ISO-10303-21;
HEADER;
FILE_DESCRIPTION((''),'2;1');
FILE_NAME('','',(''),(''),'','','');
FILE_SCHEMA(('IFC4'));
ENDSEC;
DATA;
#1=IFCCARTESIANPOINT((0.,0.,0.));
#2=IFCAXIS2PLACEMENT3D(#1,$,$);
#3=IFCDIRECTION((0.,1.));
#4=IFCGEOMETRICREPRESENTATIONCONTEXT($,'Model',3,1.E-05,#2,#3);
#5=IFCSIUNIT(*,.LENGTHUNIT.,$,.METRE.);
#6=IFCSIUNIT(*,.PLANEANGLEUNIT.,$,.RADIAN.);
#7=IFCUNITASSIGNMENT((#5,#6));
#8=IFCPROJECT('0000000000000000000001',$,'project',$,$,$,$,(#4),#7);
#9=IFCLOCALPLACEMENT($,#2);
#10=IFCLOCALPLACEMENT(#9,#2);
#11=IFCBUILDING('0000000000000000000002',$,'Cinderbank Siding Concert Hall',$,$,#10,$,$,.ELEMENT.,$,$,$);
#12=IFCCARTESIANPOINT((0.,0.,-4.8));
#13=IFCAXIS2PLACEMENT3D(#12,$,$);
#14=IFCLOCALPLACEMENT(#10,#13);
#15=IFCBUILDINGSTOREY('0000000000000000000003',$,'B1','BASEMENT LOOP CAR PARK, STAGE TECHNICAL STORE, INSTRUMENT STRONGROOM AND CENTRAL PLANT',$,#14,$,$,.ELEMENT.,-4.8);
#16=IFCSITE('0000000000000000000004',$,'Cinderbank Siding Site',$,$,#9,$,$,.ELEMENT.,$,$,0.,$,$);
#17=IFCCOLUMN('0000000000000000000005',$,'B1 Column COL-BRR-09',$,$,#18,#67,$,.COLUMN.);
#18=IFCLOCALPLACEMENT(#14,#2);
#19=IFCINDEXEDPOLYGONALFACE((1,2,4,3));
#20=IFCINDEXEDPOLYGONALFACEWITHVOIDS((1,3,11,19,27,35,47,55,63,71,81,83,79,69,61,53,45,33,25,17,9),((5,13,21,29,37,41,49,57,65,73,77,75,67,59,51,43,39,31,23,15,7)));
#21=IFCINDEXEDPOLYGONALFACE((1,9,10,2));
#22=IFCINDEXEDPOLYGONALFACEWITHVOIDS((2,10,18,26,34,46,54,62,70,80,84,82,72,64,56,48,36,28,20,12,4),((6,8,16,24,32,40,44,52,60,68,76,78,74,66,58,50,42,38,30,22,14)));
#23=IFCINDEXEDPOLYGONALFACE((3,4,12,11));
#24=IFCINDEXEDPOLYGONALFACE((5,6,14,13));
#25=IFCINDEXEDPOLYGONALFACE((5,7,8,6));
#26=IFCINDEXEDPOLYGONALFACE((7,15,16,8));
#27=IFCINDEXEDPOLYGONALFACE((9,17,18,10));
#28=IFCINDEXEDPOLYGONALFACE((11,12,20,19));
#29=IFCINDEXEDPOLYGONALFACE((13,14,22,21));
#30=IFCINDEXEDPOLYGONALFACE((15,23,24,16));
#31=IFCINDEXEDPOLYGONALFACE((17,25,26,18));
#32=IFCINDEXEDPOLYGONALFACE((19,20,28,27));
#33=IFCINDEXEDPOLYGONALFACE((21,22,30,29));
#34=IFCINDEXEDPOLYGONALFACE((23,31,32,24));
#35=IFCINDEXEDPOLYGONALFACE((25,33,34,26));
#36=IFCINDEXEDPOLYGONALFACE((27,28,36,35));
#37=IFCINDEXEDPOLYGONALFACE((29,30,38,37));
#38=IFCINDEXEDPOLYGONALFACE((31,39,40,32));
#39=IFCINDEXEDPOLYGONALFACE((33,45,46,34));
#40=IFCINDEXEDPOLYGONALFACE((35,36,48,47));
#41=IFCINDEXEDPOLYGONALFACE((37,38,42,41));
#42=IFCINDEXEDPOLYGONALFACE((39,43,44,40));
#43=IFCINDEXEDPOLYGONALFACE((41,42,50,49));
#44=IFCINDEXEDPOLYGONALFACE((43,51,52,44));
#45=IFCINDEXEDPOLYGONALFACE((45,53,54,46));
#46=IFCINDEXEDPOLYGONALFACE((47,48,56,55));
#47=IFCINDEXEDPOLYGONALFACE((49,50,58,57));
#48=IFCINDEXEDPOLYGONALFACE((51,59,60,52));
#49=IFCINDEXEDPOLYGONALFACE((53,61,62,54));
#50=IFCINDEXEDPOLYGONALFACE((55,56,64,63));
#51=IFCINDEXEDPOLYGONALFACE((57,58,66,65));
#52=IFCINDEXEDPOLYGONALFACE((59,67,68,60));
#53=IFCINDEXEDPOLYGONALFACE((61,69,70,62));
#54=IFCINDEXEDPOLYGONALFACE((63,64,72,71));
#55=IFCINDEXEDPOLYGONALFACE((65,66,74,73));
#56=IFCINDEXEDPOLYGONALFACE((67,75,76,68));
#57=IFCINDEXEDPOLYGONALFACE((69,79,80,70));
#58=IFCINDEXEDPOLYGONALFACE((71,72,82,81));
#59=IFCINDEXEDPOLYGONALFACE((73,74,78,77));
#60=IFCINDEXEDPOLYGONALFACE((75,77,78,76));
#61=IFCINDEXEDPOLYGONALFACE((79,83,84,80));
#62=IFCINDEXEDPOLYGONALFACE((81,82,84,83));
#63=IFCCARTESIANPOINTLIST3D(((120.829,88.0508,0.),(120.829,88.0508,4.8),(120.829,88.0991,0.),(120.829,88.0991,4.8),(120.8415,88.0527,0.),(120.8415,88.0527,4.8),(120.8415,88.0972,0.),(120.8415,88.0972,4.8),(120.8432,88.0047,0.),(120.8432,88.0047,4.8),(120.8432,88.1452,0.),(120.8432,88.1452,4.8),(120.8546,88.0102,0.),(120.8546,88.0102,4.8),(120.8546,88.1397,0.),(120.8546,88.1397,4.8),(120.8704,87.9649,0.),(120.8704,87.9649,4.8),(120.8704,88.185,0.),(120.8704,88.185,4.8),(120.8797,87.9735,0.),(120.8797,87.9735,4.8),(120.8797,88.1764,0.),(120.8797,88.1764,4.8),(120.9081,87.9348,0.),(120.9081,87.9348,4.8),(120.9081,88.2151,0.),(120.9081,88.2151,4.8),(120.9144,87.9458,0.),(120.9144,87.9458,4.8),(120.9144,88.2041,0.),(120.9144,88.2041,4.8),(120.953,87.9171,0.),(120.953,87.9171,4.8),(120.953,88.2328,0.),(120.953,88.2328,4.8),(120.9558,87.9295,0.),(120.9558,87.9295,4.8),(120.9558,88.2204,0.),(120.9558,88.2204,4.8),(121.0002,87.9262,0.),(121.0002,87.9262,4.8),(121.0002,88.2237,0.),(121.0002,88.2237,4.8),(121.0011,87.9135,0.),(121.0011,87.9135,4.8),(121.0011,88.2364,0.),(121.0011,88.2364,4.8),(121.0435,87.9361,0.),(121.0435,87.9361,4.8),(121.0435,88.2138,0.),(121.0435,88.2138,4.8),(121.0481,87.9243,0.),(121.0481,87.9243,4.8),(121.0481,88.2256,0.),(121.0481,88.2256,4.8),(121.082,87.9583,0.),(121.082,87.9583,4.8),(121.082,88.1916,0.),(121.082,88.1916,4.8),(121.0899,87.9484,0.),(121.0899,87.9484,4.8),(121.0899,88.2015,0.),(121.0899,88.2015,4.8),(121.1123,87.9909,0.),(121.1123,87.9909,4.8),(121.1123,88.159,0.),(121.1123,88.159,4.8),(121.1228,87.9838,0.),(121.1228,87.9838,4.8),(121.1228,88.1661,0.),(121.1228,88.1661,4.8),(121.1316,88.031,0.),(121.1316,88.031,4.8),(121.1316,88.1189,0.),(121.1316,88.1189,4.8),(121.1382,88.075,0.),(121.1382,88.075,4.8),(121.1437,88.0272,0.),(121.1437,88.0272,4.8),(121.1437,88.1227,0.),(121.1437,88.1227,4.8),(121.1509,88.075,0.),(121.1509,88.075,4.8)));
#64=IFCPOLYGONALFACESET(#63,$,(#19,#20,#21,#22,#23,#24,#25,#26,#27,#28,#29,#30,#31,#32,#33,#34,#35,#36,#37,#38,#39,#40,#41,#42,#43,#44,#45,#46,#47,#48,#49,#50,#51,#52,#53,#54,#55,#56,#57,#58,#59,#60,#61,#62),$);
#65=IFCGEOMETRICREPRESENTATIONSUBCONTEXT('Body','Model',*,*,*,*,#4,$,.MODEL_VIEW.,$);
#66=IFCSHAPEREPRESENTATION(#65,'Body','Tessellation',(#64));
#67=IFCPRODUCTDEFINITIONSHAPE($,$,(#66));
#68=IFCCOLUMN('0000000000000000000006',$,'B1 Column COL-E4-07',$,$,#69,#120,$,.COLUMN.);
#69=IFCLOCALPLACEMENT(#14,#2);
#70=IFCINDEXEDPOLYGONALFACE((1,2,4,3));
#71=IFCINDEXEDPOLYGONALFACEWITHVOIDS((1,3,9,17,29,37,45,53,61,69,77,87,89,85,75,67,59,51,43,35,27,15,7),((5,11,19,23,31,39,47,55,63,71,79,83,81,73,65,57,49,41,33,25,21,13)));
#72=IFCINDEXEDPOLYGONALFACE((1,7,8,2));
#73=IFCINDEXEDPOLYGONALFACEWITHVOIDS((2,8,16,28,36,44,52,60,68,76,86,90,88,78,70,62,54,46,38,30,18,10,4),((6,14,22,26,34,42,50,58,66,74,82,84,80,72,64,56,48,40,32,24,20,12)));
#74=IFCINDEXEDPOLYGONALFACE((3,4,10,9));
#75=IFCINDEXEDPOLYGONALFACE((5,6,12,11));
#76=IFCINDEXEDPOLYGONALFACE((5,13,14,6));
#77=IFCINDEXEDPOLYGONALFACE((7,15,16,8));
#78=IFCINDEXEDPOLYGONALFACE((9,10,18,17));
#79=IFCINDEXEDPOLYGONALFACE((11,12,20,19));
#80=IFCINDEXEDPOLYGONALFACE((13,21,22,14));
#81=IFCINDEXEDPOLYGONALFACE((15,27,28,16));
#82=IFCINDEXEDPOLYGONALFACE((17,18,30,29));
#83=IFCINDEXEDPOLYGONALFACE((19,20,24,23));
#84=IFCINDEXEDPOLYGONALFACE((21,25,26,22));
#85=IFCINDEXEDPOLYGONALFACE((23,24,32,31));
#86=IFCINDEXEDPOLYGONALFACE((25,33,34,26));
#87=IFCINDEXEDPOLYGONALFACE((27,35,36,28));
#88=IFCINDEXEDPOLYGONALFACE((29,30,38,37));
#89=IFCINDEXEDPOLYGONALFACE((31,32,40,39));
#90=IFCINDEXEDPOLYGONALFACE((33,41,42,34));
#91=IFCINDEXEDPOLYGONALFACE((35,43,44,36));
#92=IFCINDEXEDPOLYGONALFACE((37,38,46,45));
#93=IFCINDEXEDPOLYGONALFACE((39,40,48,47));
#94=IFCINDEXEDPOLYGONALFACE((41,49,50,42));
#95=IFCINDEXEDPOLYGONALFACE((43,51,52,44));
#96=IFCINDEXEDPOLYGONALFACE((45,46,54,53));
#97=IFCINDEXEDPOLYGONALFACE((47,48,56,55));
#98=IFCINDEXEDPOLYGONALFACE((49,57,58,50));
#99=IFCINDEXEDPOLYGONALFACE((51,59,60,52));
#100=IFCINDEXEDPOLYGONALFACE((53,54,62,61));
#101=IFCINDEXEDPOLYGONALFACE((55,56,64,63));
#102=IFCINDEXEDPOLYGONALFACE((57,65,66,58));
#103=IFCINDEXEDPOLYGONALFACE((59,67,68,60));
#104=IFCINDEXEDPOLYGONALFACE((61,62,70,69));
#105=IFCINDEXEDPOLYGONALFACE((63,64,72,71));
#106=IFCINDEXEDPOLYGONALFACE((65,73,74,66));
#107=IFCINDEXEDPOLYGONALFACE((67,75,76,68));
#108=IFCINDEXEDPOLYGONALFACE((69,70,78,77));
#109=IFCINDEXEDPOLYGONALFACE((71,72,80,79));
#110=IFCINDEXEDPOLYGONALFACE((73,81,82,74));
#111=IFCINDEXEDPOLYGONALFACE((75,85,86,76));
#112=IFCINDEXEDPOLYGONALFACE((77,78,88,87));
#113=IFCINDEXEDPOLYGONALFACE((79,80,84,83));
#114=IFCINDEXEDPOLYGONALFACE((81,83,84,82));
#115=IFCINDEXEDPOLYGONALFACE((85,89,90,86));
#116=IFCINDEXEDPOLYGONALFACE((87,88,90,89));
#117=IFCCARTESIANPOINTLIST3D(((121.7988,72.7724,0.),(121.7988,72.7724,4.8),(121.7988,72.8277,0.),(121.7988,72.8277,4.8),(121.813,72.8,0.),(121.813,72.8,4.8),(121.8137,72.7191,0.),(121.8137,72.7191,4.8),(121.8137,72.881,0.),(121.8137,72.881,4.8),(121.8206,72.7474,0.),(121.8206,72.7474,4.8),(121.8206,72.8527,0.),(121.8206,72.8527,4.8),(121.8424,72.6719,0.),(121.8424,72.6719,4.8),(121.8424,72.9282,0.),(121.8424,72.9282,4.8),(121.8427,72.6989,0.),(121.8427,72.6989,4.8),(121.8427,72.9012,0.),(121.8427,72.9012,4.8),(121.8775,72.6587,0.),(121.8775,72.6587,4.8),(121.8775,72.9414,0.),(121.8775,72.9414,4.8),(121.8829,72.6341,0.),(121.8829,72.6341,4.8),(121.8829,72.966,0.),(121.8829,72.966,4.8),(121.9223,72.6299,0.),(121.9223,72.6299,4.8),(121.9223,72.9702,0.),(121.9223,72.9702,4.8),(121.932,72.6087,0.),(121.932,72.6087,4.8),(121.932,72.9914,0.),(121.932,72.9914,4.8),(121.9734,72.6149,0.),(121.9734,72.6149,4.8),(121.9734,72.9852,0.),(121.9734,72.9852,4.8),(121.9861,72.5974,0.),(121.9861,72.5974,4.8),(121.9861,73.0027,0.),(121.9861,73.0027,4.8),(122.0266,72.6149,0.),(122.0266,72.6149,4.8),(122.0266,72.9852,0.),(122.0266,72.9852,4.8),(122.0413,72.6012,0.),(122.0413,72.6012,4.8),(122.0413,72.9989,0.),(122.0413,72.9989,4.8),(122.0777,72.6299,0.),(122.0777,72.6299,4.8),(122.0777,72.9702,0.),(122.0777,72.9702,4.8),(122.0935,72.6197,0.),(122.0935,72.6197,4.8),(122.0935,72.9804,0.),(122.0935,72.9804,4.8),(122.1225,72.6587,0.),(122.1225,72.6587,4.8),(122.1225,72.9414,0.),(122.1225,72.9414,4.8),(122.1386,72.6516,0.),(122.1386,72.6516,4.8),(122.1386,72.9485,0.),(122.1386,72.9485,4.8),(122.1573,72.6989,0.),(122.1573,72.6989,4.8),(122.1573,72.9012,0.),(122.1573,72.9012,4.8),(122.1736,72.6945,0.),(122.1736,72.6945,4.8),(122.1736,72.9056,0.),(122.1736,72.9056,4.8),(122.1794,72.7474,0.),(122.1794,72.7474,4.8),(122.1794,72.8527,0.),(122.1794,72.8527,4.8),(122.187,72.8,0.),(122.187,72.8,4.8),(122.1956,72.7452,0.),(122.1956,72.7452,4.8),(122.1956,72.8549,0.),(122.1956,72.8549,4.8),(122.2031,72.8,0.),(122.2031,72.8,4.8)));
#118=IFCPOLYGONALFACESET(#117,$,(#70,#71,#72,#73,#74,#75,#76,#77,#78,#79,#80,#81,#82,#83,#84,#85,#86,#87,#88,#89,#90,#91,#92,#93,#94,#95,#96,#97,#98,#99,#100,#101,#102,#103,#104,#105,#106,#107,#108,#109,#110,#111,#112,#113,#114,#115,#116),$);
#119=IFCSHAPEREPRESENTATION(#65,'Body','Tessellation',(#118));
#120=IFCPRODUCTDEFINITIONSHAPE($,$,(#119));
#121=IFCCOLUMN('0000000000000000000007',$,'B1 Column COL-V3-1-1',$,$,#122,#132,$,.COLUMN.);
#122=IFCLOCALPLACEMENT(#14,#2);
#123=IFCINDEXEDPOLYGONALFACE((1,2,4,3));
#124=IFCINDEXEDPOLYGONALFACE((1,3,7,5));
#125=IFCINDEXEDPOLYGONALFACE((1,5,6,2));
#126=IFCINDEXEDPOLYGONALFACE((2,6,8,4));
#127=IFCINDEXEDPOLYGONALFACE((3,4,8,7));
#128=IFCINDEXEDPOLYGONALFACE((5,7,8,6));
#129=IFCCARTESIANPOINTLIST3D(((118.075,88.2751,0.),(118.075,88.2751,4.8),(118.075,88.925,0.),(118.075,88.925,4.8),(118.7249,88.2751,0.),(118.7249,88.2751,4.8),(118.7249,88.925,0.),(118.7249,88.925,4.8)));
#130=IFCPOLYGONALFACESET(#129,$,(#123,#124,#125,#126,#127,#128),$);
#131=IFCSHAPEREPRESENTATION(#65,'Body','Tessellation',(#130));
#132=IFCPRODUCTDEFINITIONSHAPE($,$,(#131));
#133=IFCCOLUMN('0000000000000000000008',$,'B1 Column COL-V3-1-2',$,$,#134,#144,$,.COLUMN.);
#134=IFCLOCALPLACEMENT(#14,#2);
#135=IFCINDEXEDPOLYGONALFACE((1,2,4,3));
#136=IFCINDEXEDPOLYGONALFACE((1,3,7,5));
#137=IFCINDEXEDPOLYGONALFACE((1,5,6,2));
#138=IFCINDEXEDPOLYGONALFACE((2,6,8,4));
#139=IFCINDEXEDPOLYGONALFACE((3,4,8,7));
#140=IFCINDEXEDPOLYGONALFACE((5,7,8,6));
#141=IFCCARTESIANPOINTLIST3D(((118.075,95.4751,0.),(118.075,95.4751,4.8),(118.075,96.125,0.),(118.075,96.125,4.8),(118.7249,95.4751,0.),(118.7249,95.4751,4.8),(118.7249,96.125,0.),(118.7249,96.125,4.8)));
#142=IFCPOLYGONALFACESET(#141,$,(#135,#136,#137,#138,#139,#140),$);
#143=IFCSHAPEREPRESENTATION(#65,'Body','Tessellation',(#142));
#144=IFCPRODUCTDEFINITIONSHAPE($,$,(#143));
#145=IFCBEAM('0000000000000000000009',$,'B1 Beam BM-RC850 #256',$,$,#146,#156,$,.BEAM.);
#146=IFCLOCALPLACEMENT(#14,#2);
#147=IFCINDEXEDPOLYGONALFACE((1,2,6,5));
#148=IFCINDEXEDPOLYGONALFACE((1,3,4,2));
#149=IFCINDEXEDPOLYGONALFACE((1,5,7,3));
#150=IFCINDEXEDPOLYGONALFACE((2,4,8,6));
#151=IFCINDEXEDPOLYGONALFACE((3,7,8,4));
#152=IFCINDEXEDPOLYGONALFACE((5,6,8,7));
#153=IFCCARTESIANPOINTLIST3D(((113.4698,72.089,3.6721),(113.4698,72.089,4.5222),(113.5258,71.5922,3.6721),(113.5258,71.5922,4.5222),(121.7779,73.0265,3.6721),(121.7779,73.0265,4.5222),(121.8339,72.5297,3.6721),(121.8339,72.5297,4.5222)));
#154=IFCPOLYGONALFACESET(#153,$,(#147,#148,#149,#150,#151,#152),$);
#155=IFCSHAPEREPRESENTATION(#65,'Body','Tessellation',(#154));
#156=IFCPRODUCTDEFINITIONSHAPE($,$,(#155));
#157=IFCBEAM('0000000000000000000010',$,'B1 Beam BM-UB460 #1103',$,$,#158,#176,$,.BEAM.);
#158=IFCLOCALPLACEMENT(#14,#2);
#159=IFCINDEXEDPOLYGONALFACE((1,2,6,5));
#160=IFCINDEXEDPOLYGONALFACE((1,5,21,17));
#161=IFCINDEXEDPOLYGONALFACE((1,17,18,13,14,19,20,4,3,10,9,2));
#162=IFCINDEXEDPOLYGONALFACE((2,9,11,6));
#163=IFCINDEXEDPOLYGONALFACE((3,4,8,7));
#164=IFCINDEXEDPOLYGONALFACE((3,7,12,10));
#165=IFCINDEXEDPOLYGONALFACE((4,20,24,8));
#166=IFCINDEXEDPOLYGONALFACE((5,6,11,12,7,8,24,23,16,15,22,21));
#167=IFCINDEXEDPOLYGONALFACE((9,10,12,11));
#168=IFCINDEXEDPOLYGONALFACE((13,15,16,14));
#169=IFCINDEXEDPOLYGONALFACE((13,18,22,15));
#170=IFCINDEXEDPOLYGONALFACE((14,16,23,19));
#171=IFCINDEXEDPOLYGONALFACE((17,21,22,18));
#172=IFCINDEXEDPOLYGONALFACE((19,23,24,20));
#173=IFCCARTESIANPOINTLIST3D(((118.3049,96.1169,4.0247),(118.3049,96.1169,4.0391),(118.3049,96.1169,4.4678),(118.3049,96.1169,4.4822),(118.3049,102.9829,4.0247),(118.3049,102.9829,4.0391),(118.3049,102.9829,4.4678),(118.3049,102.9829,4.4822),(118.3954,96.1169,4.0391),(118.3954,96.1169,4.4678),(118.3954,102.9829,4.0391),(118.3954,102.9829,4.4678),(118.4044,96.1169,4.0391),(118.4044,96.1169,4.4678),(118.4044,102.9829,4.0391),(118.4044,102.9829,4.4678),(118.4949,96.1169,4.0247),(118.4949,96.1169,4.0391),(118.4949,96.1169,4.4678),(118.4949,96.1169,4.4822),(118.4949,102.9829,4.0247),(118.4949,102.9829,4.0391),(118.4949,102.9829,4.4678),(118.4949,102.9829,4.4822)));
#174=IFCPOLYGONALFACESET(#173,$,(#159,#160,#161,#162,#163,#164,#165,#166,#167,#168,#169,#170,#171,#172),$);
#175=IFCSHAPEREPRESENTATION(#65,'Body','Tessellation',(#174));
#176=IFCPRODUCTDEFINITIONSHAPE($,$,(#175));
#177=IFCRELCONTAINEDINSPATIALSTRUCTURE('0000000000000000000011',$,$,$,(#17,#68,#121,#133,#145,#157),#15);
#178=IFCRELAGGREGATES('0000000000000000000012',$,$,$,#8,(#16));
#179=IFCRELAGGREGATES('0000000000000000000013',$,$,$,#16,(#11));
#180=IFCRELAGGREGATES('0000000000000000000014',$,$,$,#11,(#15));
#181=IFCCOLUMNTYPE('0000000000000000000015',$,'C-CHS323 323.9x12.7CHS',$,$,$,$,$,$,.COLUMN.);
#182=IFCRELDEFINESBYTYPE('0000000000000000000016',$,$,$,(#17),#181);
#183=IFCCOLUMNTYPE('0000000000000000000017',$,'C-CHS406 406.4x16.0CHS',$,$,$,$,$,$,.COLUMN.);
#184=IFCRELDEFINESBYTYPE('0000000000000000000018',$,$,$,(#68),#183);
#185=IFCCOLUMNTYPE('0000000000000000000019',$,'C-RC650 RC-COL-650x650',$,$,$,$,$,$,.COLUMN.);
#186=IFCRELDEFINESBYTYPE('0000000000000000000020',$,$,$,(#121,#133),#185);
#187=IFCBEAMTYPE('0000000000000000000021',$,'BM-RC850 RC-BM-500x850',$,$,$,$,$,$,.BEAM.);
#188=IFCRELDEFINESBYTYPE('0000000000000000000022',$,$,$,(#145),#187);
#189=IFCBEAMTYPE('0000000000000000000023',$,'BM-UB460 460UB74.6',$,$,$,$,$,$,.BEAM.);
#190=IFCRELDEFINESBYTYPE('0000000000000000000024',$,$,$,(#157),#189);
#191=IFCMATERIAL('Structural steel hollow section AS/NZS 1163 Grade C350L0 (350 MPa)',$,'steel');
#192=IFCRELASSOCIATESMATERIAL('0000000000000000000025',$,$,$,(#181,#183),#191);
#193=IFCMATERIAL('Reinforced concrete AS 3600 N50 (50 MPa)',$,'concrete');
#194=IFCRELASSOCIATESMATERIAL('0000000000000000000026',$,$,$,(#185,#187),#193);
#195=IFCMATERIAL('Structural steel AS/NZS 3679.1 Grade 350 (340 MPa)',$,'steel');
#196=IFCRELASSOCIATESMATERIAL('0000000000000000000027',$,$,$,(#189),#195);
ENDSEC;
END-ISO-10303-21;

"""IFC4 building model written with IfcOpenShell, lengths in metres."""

from ifc_helpers import new_model, si_unit, direction, frame, origin, origin_2d, place, context, subcontext, project, spatial, rectangle, hollow_circle, i_section, extrude, material, material_profile, profile_set, type_object, element, save


model = new_model("IFC4")

# Units and contexts
model_context = context("Model", 3, precision=1e-05, world=origin(), true_north=direction((0.0, 1.0)))
body_context = subcontext(model_context, "Body", "Model", "MODEL_VIEW")
ifc_project = project(units=[si_unit("LENGTHUNIT", "METRE"), si_unit("PLANEANGLEUNIT", "RADIAN")], contexts=[model_context])

# Site, building, storey
site_placement = place(None, origin())
site = spatial("IfcSite", under=ifc_project, at=site_placement, Name="Cinderbank Siding Site", CompositionType="ELEMENT", RefElevation=0.0)
building_placement = place(site_placement, origin())
building = spatial("IfcBuilding", under=site, at=building_placement, Name="Cinderbank Siding Concert Hall", CompositionType="ELEMENT")
storey_placement = place(building_placement, frame((0.0, 0.0, -4.8)))
storey = spatial("IfcBuildingStorey", under=building, at=storey_placement, Name="B1", Description="BASEMENT LOOP CAR PARK, STAGE TECHNICAL STORE, INSTRUMENT STRONGROOM AND CENTRAL PLANT", CompositionType="ELEMENT", Elevation=-4.8)

# Columns
ifc_material_1 = material(Name="Structural steel hollow section AS/NZS 1163 Grade C350L0 (350 MPa)", Category="steel")
ifc_material_profile_1 = material_profile(ifc_material_1, hollow_circle(Radius=0.1619, WallThickness=0.0127, at=origin_2d()), Name="323.9x12.7CHS", Category="LoadBearing")
ifc_profile_set_1 = profile_set([ifc_material_profile_1], Name="Structural steel hollow section AS/NZS 1163 Grade C350L0 (350 MPa)")
column_type_1 = type_object("IfcColumnType", Name="C-CHS323 323.9x12.7CHS", PredefinedType="COLUMN", material=ifc_profile_set_1)
for number, where, z_axis, x_axis, name in (
    (1, (120.989, 88.075, 0.0), (0.0, 0.0, 1.0), (1.0, 0.0, 0.0), "B1 Column COL-BRR-09"),
):
    element("IfcColumn", number, at=place(storey_placement, frame(where, z_axis=z_axis, x_axis=x_axis)), inside=storey, type_object=column_type_1, Name=name, PredefinedType="COLUMN", context=body_context, shape_type="SweptSolid", body=[
        extrude(hollow_circle(Radius=0.1619, WallThickness=0.0127, at=origin_2d()), origin(), (0.0, 0.0, 1.0), 4.8),
    ])
ifc_material_profile_2 = material_profile(ifc_material_1, hollow_circle(Radius=0.2031, WallThickness=0.0161, at=origin_2d()), Name="406.4x16.0CHS", Category="LoadBearing")
ifc_profile_set_2 = profile_set([ifc_material_profile_2], Name="Structural steel hollow section AS/NZS 1163 Grade C350L0 (350 MPa)")
column_type_2 = type_object("IfcColumnType", Name="C-CHS406 406.4x16.0CHS", PredefinedType="COLUMN", material=ifc_profile_set_2)
column_placement = place(storey_placement, frame((122.0, 72.8, 0.0), z_axis=(0.0, 0.0, 1.0), x_axis=(1.0, 0.0, 0.0)))
element("IfcColumn", 2, at=column_placement, inside=storey, type_object=column_type_2, Name="B1 Column COL-E4-07", PredefinedType="COLUMN", context=body_context, shape_type="SweptSolid", body=[
    extrude(hollow_circle(Radius=0.2031, WallThickness=0.0161, at=origin_2d()), origin(), (0.0, 0.0, 1.0), 4.8),
])
ifc_material_2 = material(Name="Reinforced concrete AS 3600 N50 (50 MPa)", Category="concrete")
ifc_material_profile_3 = material_profile(ifc_material_2, rectangle(XDim=0.6499, YDim=0.6499, at=origin_2d()), Name="RC-COL-650x650", Category="LoadBearing")
ifc_profile_set_3 = profile_set([ifc_material_profile_3], Name="Reinforced concrete AS 3600 N50 (50 MPa)")
column_type_3 = type_object("IfcColumnType", Name="C-RC650 RC-COL-650x650", PredefinedType="COLUMN", material=ifc_profile_set_3)
for number, where, z_axis, x_axis, name in (
    (3, (118.3999, 88.6001, 0.0), (0.0, 0.0, 1.0), (1.0, 0.0, 0.0), "B1 Column COL-V3-1-1"),
    (4, (118.3999, 95.8, 0.0), (0.0, 0.0, 1.0), (1.0, 0.0, 0.0), "B1 Column COL-V3-1-2"),
):
    element("IfcColumn", number, at=place(storey_placement, frame(where, z_axis=z_axis, x_axis=x_axis)), inside=storey, type_object=column_type_3, Name=name, PredefinedType="COLUMN", context=body_context, shape_type="SweptSolid", body=[
        extrude(rectangle(XDim=0.6499, YDim=0.6499, at=origin_2d()), origin(), (0.0, 0.0, 1.0), 4.8),
    ])

# Beams
ifc_material_profile_4 = material_profile(ifc_material_2, rectangle(XDim=0.5, YDim=0.8501, at=origin_2d()), Name="RC-BM-500x850", Category="LoadBearing")
ifc_profile_set_4 = profile_set([ifc_material_profile_4], Name="Reinforced concrete AS 3600 N50 (50 MPa)")
beam_type_1 = type_object("IfcBeamType", Name="BM-RC850 RC-BM-500x850", PredefinedType="BEAM", material=ifc_profile_set_4)
beam_1_placement = place(storey_placement, frame((121.8059, 72.7781, 4.0972), z_axis=(-0.993694, -0.11213, 0.0), x_axis=(0.11213, -0.993694, 0.0)))
element("IfcBeam", 5, at=beam_1_placement, inside=storey, type_object=beam_type_1, Name="B1 Beam BM-RC850 #256", PredefinedType="BEAM", context=body_context, shape_type="SweptSolid", body=[
    extrude(rectangle(XDim=0.5, YDim=0.8501, at=origin_2d()), origin(), (0.0, 0.0, 1.0), 8.3608),
])
ifc_material_3 = material(Name="Structural steel AS/NZS 3679.1 Grade 350 (340 MPa)", Category="steel")
ifc_material_profile_5 = material_profile(ifc_material_3, i_section(OverallWidth=0.1899, OverallDepth=0.4575, WebThickness=0.009, FlangeThickness=0.0144, at=origin_2d()), Name="460UB74.6", Category="LoadBearing")
ifc_profile_set_5 = profile_set([ifc_material_profile_5], Name="Structural steel AS/NZS 3679.1 Grade 350 (340 MPa)")
beam_type_2 = type_object("IfcBeamType", Name="BM-UB460 460UB74.6", PredefinedType="BEAM", material=ifc_profile_set_5)
beam_2_placement = place(storey_placement, frame((118.3999, 96.1169, 4.2534), z_axis=(0.0, 1.0, 0.0), x_axis=(-1.0, 0.0, 0.0)))
element("IfcBeam", 6, at=beam_2_placement, inside=storey, type_object=beam_type_2, Name="B1 Beam BM-UB460 #1103", PredefinedType="BEAM", context=body_context, shape_type="SweptSolid", body=[
    extrude(i_section(OverallWidth=0.1899, OverallDepth=0.4575, WebThickness=0.009, FlangeThickness=0.0144, at=origin_2d()), origin(), (0.0, 0.0, 1.0), 6.866),
])

save(model, "model.ifc")
